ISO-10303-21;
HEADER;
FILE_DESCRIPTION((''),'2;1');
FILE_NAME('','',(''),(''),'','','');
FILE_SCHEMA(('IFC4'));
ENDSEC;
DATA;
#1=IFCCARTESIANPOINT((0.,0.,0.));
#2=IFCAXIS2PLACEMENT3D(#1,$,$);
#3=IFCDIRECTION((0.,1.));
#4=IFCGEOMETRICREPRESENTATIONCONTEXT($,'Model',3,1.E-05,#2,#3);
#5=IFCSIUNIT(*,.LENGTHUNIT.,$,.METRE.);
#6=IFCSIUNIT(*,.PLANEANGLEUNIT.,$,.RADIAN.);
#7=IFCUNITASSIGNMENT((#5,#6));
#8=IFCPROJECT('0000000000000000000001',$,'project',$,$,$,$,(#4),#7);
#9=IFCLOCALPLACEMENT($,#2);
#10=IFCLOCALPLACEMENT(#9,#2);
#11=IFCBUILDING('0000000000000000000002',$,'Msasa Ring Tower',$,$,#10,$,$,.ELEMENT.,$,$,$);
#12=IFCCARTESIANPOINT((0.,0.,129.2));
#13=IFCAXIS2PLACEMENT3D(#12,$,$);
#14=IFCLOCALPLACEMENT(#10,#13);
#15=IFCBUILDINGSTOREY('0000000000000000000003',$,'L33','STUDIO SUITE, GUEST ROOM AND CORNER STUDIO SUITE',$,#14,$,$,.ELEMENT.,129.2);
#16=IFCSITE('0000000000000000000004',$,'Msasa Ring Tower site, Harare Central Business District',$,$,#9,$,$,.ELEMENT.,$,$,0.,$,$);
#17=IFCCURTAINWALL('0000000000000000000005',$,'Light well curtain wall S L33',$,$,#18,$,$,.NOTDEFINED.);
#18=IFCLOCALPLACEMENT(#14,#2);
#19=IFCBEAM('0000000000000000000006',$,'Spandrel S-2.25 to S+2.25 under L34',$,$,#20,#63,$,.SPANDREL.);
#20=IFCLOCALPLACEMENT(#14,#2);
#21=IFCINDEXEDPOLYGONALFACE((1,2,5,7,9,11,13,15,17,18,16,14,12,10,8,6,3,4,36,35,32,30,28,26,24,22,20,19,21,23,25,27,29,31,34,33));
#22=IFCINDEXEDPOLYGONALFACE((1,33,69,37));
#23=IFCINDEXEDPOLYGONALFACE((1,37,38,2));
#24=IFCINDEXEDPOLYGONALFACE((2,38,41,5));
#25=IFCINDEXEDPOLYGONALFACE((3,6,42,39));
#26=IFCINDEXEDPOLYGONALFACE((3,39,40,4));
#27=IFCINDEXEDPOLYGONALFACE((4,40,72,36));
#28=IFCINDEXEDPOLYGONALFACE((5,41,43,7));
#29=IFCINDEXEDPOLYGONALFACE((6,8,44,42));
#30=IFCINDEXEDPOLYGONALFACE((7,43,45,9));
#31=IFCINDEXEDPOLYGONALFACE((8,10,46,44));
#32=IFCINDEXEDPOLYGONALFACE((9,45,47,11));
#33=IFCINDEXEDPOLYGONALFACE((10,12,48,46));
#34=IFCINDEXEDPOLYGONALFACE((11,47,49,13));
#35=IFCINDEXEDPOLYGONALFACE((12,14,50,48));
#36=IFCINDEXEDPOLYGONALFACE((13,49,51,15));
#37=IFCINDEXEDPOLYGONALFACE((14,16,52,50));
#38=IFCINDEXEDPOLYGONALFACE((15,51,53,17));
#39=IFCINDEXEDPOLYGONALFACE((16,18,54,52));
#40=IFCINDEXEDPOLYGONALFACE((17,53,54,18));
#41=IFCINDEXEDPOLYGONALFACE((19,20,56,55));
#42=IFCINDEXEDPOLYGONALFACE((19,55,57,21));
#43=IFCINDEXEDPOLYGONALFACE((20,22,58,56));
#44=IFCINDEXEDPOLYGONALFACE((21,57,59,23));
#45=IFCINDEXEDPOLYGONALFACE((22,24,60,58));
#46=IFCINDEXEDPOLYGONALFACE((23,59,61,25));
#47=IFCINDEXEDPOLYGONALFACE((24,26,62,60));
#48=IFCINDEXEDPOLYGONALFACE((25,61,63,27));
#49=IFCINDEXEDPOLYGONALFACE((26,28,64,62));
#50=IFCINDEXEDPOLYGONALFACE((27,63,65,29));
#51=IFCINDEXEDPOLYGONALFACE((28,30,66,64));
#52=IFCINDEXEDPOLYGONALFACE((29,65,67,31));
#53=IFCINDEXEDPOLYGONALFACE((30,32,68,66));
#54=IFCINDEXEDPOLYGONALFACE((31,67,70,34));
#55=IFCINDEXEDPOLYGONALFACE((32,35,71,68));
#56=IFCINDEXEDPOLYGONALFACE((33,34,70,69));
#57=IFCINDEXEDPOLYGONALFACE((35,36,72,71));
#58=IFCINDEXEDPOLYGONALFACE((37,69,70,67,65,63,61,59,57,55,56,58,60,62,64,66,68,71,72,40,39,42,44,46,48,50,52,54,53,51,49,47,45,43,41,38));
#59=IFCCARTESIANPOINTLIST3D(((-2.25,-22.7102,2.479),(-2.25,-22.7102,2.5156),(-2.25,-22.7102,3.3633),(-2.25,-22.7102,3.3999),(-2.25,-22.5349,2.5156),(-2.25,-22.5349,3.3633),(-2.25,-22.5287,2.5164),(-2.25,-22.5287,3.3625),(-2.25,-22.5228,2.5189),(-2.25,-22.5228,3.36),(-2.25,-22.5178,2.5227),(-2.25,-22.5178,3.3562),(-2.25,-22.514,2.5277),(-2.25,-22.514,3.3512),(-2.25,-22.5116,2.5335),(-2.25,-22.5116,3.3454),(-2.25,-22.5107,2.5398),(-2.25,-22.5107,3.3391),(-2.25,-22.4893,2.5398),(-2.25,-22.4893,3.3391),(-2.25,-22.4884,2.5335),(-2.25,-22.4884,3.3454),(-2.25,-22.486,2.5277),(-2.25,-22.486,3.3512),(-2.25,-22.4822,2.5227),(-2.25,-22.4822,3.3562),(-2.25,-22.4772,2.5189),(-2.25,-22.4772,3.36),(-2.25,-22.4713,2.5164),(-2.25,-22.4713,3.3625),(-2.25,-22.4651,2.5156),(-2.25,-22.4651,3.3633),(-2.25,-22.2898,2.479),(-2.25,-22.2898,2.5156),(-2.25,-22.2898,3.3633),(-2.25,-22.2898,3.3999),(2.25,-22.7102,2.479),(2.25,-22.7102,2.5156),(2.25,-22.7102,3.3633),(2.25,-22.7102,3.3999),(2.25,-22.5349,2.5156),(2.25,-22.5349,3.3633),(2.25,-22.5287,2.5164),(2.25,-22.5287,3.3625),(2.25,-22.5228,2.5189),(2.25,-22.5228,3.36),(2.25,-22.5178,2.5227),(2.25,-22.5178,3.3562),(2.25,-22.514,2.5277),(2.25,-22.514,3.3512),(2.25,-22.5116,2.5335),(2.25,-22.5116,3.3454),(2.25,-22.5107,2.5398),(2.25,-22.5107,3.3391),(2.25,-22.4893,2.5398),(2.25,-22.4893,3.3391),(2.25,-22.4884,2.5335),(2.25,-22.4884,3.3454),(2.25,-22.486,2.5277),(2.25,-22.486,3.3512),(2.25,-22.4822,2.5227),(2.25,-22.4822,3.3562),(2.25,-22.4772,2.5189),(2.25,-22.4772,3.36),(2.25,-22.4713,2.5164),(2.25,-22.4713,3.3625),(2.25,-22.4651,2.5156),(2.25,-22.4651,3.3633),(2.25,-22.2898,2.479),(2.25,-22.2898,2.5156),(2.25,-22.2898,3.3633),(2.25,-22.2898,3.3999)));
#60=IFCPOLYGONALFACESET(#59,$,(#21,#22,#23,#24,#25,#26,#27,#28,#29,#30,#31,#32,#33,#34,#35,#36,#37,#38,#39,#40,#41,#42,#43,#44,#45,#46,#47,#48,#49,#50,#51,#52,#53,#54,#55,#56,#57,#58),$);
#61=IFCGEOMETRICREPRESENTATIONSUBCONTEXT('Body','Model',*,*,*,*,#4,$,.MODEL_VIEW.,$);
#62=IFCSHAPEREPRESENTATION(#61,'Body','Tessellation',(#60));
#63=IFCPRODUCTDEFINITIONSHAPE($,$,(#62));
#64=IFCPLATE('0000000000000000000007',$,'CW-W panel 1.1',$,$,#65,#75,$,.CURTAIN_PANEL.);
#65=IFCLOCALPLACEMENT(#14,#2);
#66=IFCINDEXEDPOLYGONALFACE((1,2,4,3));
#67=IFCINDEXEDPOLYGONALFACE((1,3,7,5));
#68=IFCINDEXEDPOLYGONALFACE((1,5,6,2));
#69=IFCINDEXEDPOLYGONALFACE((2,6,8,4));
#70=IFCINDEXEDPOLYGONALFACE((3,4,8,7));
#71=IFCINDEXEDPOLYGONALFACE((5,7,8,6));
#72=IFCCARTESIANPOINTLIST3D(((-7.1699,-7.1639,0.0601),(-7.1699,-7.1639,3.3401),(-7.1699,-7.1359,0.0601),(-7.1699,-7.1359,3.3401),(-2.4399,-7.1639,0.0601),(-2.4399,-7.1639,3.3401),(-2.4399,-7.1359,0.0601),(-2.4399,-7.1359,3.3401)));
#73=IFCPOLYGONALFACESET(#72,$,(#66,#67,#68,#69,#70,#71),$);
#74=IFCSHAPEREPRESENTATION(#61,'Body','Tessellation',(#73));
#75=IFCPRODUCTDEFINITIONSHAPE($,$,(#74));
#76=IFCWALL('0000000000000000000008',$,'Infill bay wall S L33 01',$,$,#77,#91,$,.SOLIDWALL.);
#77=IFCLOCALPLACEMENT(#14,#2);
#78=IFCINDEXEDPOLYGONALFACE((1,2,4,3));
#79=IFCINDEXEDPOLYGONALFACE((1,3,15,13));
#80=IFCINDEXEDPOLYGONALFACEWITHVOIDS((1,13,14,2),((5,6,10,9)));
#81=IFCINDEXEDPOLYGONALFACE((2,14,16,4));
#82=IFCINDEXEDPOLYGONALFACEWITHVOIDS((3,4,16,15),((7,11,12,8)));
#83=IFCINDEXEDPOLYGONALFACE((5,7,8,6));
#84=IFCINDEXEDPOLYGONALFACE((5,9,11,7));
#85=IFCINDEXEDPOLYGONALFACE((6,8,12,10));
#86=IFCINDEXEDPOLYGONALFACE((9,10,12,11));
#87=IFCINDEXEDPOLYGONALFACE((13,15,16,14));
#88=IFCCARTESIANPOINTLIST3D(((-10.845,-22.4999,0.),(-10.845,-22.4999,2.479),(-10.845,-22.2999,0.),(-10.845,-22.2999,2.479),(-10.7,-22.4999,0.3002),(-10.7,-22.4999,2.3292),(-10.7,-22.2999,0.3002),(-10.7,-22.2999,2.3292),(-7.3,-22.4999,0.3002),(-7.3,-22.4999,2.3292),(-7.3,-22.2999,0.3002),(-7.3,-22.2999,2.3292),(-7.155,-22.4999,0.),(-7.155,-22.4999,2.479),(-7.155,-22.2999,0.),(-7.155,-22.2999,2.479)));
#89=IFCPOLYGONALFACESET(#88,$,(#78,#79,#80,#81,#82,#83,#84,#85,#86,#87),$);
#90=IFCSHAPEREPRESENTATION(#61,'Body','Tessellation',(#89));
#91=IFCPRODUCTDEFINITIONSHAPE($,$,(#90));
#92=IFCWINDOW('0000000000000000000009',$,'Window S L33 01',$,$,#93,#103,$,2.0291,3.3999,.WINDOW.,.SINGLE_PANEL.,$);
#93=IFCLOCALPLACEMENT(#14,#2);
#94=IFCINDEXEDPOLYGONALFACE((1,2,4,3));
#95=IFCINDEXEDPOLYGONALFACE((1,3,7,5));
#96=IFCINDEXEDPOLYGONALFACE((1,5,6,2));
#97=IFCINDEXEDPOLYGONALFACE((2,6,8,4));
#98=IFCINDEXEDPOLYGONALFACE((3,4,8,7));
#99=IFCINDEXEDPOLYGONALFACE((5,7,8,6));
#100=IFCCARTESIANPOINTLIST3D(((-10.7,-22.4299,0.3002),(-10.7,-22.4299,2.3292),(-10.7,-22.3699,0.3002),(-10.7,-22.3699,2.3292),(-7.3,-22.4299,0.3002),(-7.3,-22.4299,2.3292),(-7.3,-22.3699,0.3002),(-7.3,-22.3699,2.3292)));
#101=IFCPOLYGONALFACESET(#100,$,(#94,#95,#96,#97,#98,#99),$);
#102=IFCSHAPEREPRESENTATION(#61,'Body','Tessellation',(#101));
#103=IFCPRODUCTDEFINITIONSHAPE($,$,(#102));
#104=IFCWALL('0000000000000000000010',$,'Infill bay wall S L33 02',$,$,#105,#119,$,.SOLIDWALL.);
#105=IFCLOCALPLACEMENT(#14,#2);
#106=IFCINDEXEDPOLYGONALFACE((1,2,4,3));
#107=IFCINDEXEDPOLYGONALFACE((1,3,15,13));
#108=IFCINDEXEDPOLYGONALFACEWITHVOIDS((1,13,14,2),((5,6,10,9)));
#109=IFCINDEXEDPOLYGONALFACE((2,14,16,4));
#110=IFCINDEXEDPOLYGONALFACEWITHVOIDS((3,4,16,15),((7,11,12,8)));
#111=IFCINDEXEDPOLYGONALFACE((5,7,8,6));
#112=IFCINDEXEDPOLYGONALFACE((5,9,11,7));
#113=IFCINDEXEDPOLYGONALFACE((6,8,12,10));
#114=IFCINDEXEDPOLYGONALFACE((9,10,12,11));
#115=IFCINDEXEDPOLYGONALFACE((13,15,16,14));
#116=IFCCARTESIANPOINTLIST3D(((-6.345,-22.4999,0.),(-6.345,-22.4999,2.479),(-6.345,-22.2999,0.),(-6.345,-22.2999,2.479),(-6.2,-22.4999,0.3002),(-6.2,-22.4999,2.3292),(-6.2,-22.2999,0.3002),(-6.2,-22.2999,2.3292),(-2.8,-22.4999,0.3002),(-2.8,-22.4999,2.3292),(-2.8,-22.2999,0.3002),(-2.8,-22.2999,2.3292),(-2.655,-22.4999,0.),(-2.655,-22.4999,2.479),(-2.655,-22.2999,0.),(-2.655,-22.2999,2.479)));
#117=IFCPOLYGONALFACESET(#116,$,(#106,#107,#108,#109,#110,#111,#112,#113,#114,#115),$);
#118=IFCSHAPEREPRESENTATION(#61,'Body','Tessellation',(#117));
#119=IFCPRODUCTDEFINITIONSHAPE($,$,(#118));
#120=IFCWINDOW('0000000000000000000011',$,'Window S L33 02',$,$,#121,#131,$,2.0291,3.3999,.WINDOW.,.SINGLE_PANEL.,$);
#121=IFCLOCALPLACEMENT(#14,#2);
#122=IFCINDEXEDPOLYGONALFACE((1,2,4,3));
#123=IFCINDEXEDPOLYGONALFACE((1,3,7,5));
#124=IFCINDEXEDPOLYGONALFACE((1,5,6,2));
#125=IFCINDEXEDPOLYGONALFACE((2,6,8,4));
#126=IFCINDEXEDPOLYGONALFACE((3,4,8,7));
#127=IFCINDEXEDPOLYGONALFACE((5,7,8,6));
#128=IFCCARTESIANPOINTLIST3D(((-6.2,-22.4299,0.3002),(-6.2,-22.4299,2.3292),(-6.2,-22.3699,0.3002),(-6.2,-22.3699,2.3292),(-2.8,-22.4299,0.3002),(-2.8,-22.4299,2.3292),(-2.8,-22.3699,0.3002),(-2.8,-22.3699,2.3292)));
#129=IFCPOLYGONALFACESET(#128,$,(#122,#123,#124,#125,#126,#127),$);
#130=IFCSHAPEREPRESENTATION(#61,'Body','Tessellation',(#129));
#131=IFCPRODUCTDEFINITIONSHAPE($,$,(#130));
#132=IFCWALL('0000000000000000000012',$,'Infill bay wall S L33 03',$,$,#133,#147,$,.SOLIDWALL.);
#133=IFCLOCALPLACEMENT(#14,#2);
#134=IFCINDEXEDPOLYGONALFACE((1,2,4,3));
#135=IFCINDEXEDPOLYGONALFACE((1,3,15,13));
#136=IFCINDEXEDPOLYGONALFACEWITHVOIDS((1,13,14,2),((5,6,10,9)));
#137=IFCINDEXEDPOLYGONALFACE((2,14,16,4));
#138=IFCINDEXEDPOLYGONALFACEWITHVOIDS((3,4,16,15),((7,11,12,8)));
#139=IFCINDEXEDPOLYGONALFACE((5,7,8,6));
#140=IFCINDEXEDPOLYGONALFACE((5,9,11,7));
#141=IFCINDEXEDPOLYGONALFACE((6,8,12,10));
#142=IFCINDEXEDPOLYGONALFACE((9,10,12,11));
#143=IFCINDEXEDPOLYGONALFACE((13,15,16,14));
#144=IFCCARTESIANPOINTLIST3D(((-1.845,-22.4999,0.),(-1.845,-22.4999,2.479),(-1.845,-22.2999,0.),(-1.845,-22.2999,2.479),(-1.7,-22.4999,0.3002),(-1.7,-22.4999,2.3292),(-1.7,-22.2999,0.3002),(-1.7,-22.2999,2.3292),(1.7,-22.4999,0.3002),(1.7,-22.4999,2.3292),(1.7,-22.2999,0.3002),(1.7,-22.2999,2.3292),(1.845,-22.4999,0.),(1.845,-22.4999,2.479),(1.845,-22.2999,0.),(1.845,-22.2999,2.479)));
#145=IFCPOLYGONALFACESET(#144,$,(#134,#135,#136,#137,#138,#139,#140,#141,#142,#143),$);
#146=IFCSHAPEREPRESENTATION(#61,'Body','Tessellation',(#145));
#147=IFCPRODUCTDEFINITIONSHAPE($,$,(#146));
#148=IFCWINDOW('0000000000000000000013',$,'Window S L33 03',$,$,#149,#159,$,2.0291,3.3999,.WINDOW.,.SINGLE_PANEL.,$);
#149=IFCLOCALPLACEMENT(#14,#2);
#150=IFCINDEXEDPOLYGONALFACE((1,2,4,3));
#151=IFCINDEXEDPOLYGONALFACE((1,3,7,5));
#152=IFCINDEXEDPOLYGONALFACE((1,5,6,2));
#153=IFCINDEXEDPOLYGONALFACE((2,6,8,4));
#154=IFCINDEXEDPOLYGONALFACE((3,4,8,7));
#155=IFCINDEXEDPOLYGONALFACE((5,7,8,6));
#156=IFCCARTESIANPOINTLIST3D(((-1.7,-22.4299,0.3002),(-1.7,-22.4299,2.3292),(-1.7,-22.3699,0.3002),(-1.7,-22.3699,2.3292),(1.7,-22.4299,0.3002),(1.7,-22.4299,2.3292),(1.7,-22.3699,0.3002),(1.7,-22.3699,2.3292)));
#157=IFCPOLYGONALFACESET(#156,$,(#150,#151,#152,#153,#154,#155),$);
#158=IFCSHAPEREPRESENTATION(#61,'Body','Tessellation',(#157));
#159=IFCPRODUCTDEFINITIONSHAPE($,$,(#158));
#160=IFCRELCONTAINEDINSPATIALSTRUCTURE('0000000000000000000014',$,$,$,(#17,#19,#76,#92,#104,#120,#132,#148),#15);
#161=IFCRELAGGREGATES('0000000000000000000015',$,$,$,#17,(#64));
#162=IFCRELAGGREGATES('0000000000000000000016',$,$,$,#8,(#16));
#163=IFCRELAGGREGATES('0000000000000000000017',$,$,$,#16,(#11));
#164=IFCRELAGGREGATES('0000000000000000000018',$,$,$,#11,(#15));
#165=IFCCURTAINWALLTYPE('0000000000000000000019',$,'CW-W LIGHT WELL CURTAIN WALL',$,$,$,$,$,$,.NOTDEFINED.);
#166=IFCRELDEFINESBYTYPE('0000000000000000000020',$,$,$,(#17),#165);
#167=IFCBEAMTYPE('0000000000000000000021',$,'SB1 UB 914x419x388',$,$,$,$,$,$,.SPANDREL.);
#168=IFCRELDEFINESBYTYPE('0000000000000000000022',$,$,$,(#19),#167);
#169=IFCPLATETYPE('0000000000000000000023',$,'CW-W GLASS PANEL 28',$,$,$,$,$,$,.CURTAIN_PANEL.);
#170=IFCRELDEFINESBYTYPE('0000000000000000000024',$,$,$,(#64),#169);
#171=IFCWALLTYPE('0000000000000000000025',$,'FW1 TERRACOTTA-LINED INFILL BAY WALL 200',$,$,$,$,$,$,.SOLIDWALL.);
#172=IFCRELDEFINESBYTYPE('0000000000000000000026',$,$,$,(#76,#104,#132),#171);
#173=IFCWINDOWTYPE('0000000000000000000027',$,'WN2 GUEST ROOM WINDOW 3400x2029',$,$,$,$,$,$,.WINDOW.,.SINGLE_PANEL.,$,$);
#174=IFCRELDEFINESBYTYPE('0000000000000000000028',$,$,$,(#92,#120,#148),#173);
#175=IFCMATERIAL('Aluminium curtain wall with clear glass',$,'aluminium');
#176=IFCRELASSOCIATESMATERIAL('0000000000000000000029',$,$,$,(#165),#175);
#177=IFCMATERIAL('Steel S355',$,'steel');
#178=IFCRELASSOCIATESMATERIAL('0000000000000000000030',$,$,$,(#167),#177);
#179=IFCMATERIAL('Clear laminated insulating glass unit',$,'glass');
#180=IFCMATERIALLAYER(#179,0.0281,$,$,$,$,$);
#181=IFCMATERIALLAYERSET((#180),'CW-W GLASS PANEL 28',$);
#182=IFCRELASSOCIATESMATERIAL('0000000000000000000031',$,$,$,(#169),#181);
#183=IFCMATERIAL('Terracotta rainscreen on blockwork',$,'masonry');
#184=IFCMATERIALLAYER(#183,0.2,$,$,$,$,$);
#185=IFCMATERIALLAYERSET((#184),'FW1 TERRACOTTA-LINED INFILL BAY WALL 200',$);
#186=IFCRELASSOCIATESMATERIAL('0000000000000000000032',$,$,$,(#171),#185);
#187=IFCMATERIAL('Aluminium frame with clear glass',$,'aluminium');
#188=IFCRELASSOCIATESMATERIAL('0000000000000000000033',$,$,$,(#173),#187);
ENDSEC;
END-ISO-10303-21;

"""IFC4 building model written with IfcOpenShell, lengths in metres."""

from ifc_helpers import new_model, si_unit, direction, frame, frame_2d, origin, origin_2d, place, context, subcontext, project, spatial, rectangle, i_section, extrude, material, layer, layer_set, material_profile, profile_set, type_object, element, fill, aggregate, save


model = new_model("IFC4")

# Units and contexts
model_context = context("Model", 3, precision=1e-05, world=origin(), true_north=direction((0.0, 1.0)))
body_context = subcontext(model_context, "Body", "Model", "MODEL_VIEW")
ifc_project = project(units=[si_unit("LENGTHUNIT", "METRE"), si_unit("PLANEANGLEUNIT", "RADIAN")], contexts=[model_context])

# Site, building, storey
site_placement = place(None, origin())
site = spatial("IfcSite", under=ifc_project, at=site_placement, Name="Msasa Ring Tower site, Harare Central Business District", CompositionType="ELEMENT", RefElevation=0.0)
building_placement = place(site_placement, origin())
building = spatial("IfcBuilding", under=site, at=building_placement, Name="Msasa Ring Tower", CompositionType="ELEMENT")
storey_placement = place(building_placement, frame((0.0, 0.0, 129.2)))
storey = spatial("IfcBuildingStorey", under=building, at=storey_placement, Name="L33", Description="STUDIO SUITE, GUEST ROOM AND CORNER STUDIO SUITE", CompositionType="ELEMENT", Elevation=129.2)

# Curtain wall
ifc_material_1 = material(Name="Aluminium curtain wall with clear glass", Category="aluminium")
curtain_wall_type = type_object("IfcCurtainWallType", Name="CW-W LIGHT WELL CURTAIN WALL", PredefinedType="NOTDEFINED", material=ifc_material_1)
curtain_wall_placement = place(storey_placement, origin())
curtain_wall = element("IfcCurtainWall", 1, at=curtain_wall_placement, inside=storey, type_object=curtain_wall_type, Name="Light well curtain wall S L33", PredefinedType="NOTDEFINED")

# Beam
ifc_material_2 = material(Name="Steel S355", Category="steel")
ifc_material_profile_1 = material_profile(ifc_material_2, i_section(OverallWidth=0.4204, OverallDepth=0.9209, WebThickness=0.0215, FlangeThickness=0.0366, FilletRadius=0.0242, at=origin_2d()), Name="UB 914x419x388")
ifc_profile_set_1 = profile_set([ifc_material_profile_1], Name="Steel S355")
beam_type_1 = type_object("IfcBeamType", Name="SB1 UB 914x419x388", PredefinedType="SPANDREL", material=ifc_profile_set_1)
for number, where, z_axis, x_axis, name in (
    (2, (-2.25, -22.5, 2.9395), (1.0, 0.0, 0.0), (0.0, 1.0, 0.0), "Spandrel S-2.25 to S+2.25 under L34"),
):
    element("IfcBeam", number, at=place(storey_placement, frame(where, z_axis=z_axis, x_axis=x_axis)), inside=storey, type_object=beam_type_1, Name=name, PredefinedType="SPANDREL", context=body_context, shape_type="SweptSolid", body=[
        extrude(i_section(OverallWidth=0.4204, OverallDepth=0.9209, WebThickness=0.0215, FlangeThickness=0.0366, FilletRadius=0.0242, at=origin_2d()), origin(), (0.0, 0.0, 1.0), 4.5),
    ])

# Plate
ifc_material_3 = material(Name="Clear laminated insulating glass unit", Category="glass")
ifc_layer_1 = layer(ifc_material_3, 0.0281)
ifc_layer_set_1 = layer_set([ifc_layer_1], Name="CW-W GLASS PANEL 28")
plate_type = type_object("IfcPlateType", Name="CW-W GLASS PANEL 28", PredefinedType="CURTAIN_PANEL", material=ifc_layer_set_1)
plate_placement = place(storey_placement, frame((-4.8049, -7.1499, 0.0601), z_axis=(0.0, 0.0, 1.0), x_axis=(1.0, 0.0, 0.0)))
plate = element("IfcPlate", 3, at=plate_placement, type_object=plate_type, Name="CW-W panel 1.1", PredefinedType="CURTAIN_PANEL", context=body_context, shape_type="SweptSolid", body=[
    extrude(rectangle(XDim=4.73, YDim=0.0281, at=origin_2d()), origin(), (0.0, 0.0, 1.0), 3.28),
])
aggregate(curtain_wall, [plate])

# Walls, openings, windows
ifc_material_4 = material(Name="Terracotta rainscreen on blockwork", Category="masonry")
ifc_layer_2 = layer(ifc_material_4, 0.2)
ifc_layer_set_2 = layer_set([ifc_layer_2], Name="FW1 TERRACOTTA-LINED INFILL BAY WALL 200")
wall_type_1 = type_object("IfcWallType", Name="FW1 TERRACOTTA-LINED INFILL BAY WALL 200", PredefinedType="SOLIDWALL", material=ifc_layer_set_2)
wall_1_placement = place(storey_placement, frame((-10.845, -22.3999, 0.0), z_axis=(0.0, 0.0, 1.0), x_axis=(1.0, 0.0, 0.0)))
wall_1 = element("IfcWall", 4, at=wall_1_placement, inside=storey, type_object=wall_type_1, Name="Infill bay wall S L33 01", PredefinedType="SOLIDWALL", context=body_context, shape_type="SweptSolid", body=[
    extrude(rectangle(XDim=3.6899, YDim=0.2, at=frame_2d((1.845, 0.0))), origin(), (0.0, 0.0, 1.0), 2.479),
])
opening_1_placement = place(wall_1_placement, frame((0.145, 0.0, 0.3)))
opening_1 = element("IfcOpeningElement", 5, at=opening_1_placement, cuts=wall_1, PredefinedType="OPENING", context=body_context, shape_type="SweptSolid", body=[
    extrude(rectangle(XDim=3.3999, YDim=2.0291, at=frame_2d((1.7, 1.0146))), frame((0.0, 0.1099, 0.0), z_axis=(0.0, -1.0, 0.0), x_axis=(1.0, 0.0, 0.0)), (0.0, 0.0, 1.0), 0.22),
])
ifc_material_5 = material(Name="Aluminium frame with clear glass", Category="aluminium")
window_type = type_object("IfcWindowType", Name="WN2 GUEST ROOM WINDOW 3400x2029", PartitioningType="SINGLE_PANEL", PredefinedType="WINDOW", material=ifc_material_5)
window_1_placement = place(opening_1_placement, origin())
window_1 = element("IfcWindow", 6, at=window_1_placement, inside=storey, type_object=window_type, Name="Window S L33 01", OverallHeight=2.0291, OverallWidth=3.3999, PartitioningType="SINGLE_PANEL", PredefinedType="WINDOW", context=body_context, shape_type="SweptSolid", body=[
    extrude(rectangle(XDim=3.3999, YDim=2.0291, at=frame_2d((1.7, 1.0146))), frame((0.0, 0.03, 0.0), z_axis=(0.0, -1.0, 0.0), x_axis=(1.0, 0.0, 0.0)), (0.0, 0.0, 1.0), 0.0601),
])
fill(opening_1, window_1)
wall_2_placement = place(storey_placement, frame((-6.345, -22.3999, 0.0), z_axis=(0.0, 0.0, 1.0), x_axis=(1.0, 0.0, 0.0)))
wall_2 = element("IfcWall", 7, at=wall_2_placement, inside=storey, type_object=wall_type_1, Name="Infill bay wall S L33 02", PredefinedType="SOLIDWALL", context=body_context, shape_type="SweptSolid", body=[
    extrude(rectangle(XDim=3.6899, YDim=0.2, at=frame_2d((1.845, 0.0))), origin(), (0.0, 0.0, 1.0), 2.479),
])
opening_2_placement = place(wall_2_placement, frame((0.145, 0.0, 0.3)))
opening_2 = element("IfcOpeningElement", 8, at=opening_2_placement, cuts=wall_2, PredefinedType="OPENING", context=body_context, shape_type="SweptSolid", body=[
    extrude(rectangle(XDim=3.3999, YDim=2.0291, at=frame_2d((1.7, 1.0146))), frame((0.0, 0.1099, 0.0), z_axis=(0.0, -1.0, 0.0), x_axis=(1.0, 0.0, 0.0)), (0.0, 0.0, 1.0), 0.22),
])
window_2_placement = place(opening_2_placement, origin())
window_2 = element("IfcWindow", 9, at=window_2_placement, inside=storey, type_object=window_type, Name="Window S L33 02", OverallHeight=2.0291, OverallWidth=3.3999, PartitioningType="SINGLE_PANEL", PredefinedType="WINDOW", context=body_context, shape_type="SweptSolid", body=[
    extrude(rectangle(XDim=3.3999, YDim=2.0291, at=frame_2d((1.7, 1.0146))), frame((0.0, 0.03, 0.0), z_axis=(0.0, -1.0, 0.0), x_axis=(1.0, 0.0, 0.0)), (0.0, 0.0, 1.0), 0.0601),
])
fill(opening_2, window_2)
wall_3_placement = place(storey_placement, frame((-1.845, -22.3999, 0.0), z_axis=(0.0, 0.0, 1.0), x_axis=(1.0, 0.0, 0.0)))
wall_3 = element("IfcWall", 10, at=wall_3_placement, inside=storey, type_object=wall_type_1, Name="Infill bay wall S L33 03", PredefinedType="SOLIDWALL", context=body_context, shape_type="SweptSolid", body=[
    extrude(rectangle(XDim=3.6899, YDim=0.2, at=frame_2d((1.845, 0.0))), origin(), (0.0, 0.0, 1.0), 2.479),
])
opening_3_placement = place(wall_3_placement, frame((0.145, 0.0, 0.3)))
opening_3 = element("IfcOpeningElement", 11, at=opening_3_placement, cuts=wall_3, PredefinedType="OPENING", context=body_context, shape_type="SweptSolid", body=[
    extrude(rectangle(XDim=3.3999, YDim=2.0291, at=frame_2d((1.7, 1.0146))), frame((0.0, 0.1099, 0.0), z_axis=(0.0, -1.0, 0.0), x_axis=(1.0, 0.0, 0.0)), (0.0, 0.0, 1.0), 0.22),
])
window_3_placement = place(opening_3_placement, origin())
window_3 = element("IfcWindow", 12, at=window_3_placement, inside=storey, type_object=window_type, Name="Window S L33 03", OverallHeight=2.0291, OverallWidth=3.3999, PartitioningType="SINGLE_PANEL", PredefinedType="WINDOW", context=body_context, shape_type="SweptSolid", body=[
    extrude(rectangle(XDim=3.3999, YDim=2.0291, at=frame_2d((1.7, 1.0146))), frame((0.0, 0.03, 0.0), z_axis=(0.0, -1.0, 0.0), x_axis=(1.0, 0.0, 0.0)), (0.0, 0.0, 1.0), 0.0601),
])
fill(opening_3, window_3)

save(model, "model.ifc")
